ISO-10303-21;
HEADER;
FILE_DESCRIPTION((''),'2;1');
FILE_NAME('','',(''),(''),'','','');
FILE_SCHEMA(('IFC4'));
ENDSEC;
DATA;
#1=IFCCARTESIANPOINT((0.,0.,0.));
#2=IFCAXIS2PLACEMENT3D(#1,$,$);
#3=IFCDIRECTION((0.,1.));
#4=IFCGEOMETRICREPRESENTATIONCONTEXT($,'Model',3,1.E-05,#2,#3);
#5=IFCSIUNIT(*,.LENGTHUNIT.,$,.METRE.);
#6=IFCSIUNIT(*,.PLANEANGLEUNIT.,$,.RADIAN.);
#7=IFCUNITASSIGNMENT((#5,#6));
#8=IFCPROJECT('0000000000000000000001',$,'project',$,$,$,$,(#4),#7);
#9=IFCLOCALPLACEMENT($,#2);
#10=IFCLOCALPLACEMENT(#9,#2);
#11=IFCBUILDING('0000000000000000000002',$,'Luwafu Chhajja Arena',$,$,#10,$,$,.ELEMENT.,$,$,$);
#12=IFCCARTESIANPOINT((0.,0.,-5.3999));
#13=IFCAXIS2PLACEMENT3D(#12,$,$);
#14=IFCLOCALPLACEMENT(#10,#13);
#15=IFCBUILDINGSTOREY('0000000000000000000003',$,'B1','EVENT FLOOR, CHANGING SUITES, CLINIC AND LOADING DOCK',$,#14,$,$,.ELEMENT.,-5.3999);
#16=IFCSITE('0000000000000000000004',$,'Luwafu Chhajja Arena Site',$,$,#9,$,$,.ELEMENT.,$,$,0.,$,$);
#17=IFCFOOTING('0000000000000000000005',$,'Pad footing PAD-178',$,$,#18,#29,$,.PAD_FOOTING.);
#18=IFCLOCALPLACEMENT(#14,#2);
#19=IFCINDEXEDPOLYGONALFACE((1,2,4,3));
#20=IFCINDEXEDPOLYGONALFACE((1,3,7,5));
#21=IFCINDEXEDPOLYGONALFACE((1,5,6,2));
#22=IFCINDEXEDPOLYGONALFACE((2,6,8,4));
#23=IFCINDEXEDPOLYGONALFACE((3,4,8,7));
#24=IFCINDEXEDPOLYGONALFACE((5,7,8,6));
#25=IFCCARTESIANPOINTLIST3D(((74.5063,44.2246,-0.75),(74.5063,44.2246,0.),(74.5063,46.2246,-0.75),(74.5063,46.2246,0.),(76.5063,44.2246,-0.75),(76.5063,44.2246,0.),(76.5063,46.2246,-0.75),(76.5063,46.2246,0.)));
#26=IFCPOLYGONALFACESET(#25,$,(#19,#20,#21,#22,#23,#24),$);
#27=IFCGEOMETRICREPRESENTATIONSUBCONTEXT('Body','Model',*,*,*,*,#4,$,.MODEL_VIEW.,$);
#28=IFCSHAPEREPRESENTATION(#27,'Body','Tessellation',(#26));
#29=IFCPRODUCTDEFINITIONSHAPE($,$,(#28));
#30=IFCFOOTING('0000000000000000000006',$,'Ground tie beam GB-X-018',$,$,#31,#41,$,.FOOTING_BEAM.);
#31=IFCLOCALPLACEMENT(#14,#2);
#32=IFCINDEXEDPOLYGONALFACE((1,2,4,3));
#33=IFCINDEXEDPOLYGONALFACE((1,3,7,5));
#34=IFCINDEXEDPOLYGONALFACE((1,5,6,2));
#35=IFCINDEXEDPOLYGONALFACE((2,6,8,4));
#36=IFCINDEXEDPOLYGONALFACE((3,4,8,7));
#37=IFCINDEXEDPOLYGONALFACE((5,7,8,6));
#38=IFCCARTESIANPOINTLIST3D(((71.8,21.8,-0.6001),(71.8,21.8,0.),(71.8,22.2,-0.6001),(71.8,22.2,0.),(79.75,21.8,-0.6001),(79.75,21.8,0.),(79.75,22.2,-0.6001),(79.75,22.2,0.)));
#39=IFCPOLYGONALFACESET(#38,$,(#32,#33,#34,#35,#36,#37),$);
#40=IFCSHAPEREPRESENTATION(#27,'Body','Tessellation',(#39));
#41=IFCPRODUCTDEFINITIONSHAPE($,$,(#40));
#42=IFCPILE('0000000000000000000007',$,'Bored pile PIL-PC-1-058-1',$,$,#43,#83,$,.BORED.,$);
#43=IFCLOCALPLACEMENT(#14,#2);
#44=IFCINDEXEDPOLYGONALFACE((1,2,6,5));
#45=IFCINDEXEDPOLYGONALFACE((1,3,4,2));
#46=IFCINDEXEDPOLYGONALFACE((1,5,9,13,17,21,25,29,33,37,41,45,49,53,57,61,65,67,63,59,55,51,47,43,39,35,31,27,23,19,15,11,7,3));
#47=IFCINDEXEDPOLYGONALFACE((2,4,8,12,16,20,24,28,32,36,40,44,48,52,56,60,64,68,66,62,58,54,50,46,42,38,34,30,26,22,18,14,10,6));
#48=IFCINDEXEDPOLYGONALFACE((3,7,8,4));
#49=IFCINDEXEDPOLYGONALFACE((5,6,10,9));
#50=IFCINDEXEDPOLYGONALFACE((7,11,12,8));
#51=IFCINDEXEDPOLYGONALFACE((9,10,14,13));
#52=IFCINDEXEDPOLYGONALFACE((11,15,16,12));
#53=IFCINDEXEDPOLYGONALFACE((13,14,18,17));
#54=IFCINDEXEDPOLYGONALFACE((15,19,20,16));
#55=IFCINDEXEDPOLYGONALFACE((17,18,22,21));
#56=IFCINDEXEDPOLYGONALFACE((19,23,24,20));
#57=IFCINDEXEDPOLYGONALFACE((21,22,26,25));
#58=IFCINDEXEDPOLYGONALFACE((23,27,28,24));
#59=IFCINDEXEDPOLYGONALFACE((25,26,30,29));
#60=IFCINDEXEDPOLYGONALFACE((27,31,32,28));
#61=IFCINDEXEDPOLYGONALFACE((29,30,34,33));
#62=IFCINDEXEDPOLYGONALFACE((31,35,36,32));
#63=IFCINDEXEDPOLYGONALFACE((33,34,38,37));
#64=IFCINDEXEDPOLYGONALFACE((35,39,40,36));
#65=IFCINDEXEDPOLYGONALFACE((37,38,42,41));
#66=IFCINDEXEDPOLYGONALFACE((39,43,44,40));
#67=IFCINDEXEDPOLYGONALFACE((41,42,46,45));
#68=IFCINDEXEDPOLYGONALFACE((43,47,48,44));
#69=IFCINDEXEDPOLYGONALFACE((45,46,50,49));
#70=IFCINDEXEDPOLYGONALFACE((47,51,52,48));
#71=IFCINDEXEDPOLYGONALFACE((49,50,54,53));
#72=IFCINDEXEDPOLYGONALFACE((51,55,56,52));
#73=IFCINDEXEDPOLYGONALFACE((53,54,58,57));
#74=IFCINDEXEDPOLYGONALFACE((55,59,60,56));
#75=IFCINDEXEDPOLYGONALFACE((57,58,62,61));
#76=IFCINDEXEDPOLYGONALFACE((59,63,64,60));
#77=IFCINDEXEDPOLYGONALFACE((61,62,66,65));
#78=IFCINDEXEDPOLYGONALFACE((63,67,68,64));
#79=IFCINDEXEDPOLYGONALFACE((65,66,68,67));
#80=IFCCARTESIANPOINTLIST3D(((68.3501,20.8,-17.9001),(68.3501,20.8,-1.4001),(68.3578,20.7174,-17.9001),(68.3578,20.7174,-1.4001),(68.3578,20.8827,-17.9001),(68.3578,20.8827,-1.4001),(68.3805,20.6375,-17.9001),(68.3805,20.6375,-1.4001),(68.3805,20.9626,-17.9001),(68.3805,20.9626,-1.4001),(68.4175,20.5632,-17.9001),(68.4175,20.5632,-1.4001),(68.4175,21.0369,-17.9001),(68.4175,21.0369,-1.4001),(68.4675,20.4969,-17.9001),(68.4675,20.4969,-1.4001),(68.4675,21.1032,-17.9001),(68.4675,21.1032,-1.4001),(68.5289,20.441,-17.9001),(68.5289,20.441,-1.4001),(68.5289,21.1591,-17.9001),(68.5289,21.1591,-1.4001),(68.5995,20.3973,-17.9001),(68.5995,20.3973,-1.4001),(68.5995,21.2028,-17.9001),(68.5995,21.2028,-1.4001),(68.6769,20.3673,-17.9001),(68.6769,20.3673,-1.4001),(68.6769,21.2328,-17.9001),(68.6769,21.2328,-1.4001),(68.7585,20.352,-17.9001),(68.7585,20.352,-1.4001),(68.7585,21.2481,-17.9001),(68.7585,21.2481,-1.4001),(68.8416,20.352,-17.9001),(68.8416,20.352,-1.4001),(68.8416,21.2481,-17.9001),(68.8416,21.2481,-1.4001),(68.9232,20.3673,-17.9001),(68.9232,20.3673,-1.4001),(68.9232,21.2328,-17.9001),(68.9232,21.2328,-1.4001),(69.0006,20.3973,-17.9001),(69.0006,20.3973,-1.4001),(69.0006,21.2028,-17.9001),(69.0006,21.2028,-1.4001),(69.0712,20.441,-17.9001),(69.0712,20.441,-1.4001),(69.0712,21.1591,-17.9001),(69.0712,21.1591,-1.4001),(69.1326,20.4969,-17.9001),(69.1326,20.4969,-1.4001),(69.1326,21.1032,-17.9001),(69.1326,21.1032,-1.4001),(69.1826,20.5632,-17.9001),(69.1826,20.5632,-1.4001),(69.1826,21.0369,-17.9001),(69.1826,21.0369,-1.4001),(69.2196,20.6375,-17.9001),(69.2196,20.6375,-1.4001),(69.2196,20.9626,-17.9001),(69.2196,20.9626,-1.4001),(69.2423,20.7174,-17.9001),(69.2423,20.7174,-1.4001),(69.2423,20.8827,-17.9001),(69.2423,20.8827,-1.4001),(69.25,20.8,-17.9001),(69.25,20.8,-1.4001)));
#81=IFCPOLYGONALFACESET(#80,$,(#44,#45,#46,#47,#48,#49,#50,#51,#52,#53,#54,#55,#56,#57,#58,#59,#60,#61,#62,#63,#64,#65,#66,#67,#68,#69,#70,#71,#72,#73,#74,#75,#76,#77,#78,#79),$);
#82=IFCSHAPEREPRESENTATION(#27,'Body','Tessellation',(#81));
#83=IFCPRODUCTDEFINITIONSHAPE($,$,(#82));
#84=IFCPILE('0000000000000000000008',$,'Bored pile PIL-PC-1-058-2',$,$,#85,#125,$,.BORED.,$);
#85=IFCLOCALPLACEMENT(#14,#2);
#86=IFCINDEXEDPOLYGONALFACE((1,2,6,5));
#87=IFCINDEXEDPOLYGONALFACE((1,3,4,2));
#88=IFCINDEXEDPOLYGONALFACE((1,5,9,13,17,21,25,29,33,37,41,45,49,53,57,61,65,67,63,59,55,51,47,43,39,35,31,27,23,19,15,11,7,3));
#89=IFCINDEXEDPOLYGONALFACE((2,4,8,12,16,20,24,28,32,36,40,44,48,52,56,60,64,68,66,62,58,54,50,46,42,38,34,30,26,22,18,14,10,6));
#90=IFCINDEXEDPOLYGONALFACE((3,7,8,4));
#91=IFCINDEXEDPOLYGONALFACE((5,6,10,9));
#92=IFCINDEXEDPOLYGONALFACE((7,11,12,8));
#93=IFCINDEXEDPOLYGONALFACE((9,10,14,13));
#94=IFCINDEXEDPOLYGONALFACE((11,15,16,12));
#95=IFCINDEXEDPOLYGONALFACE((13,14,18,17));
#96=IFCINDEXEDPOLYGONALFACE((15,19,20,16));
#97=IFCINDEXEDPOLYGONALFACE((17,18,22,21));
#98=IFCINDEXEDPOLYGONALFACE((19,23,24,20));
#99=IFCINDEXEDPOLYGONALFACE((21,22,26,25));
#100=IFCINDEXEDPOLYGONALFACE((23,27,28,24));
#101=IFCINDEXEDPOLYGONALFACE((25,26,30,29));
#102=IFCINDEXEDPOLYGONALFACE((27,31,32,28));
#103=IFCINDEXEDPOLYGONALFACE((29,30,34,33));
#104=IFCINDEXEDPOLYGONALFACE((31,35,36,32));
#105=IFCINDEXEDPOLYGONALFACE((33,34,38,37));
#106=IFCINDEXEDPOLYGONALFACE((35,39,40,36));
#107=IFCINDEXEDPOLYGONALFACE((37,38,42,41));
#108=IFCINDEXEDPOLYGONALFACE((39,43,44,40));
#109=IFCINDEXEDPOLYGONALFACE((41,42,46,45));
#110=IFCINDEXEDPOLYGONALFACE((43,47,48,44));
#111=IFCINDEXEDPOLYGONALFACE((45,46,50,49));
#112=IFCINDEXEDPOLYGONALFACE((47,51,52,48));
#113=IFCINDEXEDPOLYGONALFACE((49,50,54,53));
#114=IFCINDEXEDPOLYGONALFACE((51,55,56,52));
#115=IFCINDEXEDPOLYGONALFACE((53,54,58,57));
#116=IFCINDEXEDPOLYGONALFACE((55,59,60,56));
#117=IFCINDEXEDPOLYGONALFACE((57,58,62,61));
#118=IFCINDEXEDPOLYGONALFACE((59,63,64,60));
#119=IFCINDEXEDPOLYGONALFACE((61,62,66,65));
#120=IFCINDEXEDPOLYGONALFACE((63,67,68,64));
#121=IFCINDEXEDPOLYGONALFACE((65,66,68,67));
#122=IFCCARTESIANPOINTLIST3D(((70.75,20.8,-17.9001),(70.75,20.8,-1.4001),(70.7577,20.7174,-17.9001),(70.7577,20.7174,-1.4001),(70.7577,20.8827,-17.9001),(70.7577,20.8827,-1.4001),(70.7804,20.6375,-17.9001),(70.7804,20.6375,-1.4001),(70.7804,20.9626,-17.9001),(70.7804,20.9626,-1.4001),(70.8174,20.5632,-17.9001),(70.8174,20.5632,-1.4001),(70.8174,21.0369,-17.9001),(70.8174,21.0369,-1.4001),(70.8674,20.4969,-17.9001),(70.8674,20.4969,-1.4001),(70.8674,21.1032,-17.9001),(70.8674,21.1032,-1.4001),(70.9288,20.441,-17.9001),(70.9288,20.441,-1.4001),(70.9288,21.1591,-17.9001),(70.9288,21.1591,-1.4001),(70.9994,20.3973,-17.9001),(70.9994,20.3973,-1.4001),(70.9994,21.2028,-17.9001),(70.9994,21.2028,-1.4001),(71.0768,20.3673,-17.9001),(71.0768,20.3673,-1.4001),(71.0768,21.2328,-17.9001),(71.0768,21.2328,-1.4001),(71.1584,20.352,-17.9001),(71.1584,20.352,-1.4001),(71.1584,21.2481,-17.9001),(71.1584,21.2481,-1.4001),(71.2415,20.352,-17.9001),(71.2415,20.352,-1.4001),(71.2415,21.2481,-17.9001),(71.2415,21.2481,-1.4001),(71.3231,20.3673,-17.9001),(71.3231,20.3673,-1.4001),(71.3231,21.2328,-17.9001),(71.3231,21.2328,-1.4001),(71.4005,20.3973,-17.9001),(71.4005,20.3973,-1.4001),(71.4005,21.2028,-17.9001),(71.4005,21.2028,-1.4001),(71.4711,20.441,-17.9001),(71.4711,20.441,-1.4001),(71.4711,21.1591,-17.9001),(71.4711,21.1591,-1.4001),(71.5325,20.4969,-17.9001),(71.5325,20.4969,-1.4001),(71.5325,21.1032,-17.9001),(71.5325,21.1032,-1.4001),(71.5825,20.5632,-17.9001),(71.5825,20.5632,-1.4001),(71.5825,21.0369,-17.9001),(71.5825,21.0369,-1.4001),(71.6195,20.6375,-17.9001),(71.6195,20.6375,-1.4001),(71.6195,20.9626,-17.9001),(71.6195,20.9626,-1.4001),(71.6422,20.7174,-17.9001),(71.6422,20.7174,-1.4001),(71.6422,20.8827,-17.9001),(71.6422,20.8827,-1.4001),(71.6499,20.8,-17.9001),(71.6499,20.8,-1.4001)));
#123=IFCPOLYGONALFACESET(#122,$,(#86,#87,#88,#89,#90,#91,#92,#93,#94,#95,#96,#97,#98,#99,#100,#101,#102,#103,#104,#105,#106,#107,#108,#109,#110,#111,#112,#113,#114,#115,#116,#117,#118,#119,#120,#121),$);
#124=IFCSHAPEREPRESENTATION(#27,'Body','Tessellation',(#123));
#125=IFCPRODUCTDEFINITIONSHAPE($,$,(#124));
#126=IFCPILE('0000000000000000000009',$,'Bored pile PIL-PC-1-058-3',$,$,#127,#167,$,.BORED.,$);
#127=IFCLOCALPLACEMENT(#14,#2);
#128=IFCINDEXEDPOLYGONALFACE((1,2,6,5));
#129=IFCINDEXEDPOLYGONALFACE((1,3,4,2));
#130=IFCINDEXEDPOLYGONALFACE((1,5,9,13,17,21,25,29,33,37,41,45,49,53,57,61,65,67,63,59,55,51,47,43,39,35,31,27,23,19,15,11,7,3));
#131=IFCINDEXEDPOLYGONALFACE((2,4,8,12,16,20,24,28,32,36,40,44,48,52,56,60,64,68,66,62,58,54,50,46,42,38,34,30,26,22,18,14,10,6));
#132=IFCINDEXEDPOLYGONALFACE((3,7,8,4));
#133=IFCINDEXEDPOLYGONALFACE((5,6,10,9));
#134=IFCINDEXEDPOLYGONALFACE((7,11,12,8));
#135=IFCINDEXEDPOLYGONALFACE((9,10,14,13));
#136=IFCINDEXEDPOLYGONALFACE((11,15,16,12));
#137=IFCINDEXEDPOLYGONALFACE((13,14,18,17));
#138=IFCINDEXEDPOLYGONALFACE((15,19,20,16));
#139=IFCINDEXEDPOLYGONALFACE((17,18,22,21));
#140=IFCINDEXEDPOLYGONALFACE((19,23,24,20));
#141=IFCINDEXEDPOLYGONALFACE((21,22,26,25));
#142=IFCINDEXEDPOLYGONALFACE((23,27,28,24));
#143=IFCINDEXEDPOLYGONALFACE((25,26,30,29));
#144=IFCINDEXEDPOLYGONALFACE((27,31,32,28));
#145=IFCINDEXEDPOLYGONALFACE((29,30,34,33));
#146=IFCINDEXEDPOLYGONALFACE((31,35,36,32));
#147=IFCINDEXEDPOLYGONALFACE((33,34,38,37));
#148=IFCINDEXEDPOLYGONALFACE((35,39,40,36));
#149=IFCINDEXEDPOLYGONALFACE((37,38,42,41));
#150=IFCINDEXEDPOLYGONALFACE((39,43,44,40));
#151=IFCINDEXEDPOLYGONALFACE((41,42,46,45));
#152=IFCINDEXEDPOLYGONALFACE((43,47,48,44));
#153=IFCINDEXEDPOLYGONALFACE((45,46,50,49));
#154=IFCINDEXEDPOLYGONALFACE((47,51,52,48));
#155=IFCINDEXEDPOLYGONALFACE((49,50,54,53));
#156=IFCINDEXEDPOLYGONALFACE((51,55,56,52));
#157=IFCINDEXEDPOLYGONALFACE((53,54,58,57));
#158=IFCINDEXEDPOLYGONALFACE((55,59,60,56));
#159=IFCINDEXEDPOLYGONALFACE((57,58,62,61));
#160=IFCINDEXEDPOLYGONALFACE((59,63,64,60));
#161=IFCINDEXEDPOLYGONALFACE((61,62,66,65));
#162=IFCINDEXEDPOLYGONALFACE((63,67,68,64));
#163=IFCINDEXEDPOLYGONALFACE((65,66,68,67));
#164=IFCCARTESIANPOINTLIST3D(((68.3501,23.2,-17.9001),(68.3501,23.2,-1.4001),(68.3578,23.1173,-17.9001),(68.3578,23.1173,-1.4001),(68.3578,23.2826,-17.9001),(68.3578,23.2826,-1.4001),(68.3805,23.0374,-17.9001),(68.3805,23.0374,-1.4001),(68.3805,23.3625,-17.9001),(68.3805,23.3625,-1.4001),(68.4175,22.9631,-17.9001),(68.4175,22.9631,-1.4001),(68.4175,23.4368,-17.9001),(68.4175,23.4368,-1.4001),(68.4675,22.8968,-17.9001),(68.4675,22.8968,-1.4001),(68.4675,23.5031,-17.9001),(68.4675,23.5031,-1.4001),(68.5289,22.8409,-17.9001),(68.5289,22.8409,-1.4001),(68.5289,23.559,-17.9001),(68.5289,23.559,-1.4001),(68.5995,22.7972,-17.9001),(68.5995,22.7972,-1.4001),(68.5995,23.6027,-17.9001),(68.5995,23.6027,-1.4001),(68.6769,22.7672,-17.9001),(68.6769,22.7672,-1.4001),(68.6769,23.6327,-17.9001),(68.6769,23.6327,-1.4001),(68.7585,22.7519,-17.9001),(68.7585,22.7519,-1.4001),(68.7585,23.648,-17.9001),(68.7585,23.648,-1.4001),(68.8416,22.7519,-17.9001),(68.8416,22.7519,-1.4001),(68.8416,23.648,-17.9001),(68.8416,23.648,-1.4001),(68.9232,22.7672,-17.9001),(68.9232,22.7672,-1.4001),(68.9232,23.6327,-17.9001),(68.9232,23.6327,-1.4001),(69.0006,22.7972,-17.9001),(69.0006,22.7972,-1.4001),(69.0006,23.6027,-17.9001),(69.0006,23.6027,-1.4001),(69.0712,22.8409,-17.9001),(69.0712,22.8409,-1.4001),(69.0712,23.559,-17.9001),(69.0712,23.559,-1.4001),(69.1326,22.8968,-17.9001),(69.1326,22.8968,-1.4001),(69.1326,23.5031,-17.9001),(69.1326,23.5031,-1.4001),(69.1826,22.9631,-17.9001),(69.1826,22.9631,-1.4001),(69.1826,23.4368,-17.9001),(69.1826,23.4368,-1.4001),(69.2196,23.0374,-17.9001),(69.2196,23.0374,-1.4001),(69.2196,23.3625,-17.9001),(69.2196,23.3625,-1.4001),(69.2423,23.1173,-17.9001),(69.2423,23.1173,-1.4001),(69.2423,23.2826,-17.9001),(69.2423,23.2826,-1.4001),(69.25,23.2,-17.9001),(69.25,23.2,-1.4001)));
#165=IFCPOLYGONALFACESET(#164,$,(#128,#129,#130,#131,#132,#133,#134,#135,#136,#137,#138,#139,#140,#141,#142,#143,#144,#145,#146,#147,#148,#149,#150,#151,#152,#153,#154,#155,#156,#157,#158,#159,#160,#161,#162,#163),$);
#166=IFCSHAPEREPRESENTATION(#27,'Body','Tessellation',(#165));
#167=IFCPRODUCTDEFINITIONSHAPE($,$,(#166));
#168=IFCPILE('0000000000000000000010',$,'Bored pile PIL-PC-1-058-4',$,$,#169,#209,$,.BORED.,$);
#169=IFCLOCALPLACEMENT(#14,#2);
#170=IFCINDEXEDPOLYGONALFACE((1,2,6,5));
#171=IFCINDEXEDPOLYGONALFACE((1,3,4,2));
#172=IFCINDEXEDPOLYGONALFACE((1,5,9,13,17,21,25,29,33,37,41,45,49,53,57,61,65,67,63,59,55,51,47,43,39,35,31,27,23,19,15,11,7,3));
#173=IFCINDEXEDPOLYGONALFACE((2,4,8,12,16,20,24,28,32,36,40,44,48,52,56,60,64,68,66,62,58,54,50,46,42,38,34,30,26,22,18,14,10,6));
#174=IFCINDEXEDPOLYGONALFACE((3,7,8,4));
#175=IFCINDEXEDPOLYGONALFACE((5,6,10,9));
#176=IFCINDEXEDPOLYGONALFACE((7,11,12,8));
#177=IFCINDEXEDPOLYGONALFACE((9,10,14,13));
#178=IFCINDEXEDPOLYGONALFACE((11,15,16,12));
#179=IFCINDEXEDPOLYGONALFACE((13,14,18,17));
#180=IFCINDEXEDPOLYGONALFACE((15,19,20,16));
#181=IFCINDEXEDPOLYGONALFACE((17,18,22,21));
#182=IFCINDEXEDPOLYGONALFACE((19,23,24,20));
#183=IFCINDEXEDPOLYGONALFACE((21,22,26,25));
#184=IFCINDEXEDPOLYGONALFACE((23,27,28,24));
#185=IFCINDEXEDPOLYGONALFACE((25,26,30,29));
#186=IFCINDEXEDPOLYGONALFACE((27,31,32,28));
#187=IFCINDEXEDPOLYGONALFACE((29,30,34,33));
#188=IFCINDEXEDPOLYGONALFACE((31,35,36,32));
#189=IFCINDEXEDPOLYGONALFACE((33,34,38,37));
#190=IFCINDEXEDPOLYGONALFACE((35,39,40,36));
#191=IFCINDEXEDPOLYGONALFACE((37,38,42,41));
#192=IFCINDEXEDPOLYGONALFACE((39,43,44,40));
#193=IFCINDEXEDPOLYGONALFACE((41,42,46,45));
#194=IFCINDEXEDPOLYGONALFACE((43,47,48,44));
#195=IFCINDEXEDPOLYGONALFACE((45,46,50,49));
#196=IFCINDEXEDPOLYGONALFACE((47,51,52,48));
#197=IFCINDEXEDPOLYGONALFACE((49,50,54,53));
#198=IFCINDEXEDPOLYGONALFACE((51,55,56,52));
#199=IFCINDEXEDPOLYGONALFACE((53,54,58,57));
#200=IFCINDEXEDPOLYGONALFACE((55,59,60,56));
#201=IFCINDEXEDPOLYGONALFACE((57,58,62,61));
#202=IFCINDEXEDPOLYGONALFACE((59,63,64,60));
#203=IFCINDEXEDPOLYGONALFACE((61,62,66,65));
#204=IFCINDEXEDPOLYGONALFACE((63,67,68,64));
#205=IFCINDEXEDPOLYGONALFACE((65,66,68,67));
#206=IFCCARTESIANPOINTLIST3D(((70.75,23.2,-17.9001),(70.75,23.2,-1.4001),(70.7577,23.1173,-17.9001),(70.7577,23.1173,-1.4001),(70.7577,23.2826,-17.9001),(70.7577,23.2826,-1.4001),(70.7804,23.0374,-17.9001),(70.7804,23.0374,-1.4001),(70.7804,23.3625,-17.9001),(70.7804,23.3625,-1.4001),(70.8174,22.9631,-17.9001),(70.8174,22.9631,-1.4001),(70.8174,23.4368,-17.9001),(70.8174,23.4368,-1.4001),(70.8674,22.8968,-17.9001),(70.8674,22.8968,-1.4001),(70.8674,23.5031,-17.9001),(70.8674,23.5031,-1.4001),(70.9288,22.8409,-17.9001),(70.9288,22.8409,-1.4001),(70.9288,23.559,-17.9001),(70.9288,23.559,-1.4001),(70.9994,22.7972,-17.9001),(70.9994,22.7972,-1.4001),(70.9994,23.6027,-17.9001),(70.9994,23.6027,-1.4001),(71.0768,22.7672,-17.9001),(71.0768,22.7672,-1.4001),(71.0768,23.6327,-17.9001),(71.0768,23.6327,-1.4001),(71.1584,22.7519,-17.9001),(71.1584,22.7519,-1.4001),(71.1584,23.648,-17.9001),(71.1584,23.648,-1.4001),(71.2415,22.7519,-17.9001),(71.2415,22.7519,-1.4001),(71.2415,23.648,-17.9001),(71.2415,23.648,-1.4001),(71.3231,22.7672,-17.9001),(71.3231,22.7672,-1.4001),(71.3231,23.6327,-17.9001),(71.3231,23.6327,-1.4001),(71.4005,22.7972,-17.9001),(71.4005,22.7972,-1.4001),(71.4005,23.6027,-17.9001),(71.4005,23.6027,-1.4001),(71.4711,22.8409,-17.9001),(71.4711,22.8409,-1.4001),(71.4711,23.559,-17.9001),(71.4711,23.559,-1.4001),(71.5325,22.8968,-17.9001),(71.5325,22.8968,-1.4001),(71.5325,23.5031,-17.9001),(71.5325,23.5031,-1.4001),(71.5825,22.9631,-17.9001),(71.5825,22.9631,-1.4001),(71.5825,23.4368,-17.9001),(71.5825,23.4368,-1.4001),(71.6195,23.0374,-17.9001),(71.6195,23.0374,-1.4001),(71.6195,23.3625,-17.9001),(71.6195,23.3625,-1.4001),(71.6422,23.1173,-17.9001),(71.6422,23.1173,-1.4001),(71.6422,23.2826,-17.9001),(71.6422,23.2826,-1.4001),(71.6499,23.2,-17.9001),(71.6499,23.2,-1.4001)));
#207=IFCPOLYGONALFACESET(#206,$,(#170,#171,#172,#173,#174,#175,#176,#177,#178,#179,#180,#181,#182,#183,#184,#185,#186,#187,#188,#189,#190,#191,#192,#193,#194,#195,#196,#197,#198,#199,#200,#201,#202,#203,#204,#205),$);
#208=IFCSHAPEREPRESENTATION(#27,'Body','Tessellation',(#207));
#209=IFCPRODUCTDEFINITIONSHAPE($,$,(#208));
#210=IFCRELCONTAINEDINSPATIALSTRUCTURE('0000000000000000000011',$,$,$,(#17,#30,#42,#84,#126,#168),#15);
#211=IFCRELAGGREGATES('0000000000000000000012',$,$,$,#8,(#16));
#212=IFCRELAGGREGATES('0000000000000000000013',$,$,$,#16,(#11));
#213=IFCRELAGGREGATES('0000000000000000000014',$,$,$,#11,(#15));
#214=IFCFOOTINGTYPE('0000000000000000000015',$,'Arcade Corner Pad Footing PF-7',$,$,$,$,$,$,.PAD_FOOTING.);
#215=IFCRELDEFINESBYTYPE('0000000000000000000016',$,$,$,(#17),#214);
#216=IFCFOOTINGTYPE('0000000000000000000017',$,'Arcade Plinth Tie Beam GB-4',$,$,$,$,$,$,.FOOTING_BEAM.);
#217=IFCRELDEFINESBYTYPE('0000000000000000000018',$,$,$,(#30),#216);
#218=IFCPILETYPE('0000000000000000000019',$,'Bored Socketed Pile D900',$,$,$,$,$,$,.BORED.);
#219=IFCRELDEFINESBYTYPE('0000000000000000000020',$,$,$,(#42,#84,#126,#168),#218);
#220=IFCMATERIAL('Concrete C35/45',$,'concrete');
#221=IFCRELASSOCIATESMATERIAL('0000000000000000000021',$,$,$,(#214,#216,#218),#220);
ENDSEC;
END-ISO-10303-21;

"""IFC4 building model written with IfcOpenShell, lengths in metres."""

from ifc_helpers import new_model, si_unit, direction, frame, origin, origin_2d, place, context, subcontext, project, spatial, rectangle, circle, extrude, material, material_profile, profile_set, type_object, element, save


model = new_model("IFC4")

# Units and contexts
model_context = context("Model", 3, precision=1e-05, world=origin(), true_north=direction((0.0, 1.0)))
body_context = subcontext(model_context, "Body", "Model", "MODEL_VIEW")
ifc_project = project(units=[si_unit("LENGTHUNIT", "METRE"), si_unit("PLANEANGLEUNIT", "RADIAN")], contexts=[model_context])

# Site, building, storey
site_placement = place(None, origin())
site = spatial("IfcSite", under=ifc_project, at=site_placement, Name="Luwafu Chhajja Arena Site", CompositionType="ELEMENT", RefElevation=0.0)
building_placement = place(site_placement, origin())
building = spatial("IfcBuilding", under=site, at=building_placement, Name="Luwafu Chhajja Arena", CompositionType="ELEMENT")
storey_placement = place(building_placement, frame((0.0, 0.0, -5.3999)))
storey = spatial("IfcBuildingStorey", under=building, at=storey_placement, Name="B1", Description="EVENT FLOOR, CHANGING SUITES, CLINIC AND LOADING DOCK", CompositionType="ELEMENT", Elevation=-5.3999)

# Footings
ifc_material_1 = material(Name="Concrete C35/45", Category="concrete")
footing_type_1 = type_object("IfcFootingType", Name="Arcade Corner Pad Footing PF-7", PredefinedType="PAD_FOOTING", material=ifc_material_1)
footing_1_placement = place(storey_placement, frame((75.5063, 45.2246, -0.75), z_axis=(0.0, 0.0, 1.0), x_axis=(1.0, 0.0, 0.0)))
element("IfcFooting", 1, at=footing_1_placement, inside=storey, type_object=footing_type_1, Name="Pad footing PAD-178", PredefinedType="PAD_FOOTING", context=body_context, shape_type="SweptSolid", body=[
    extrude(rectangle(XDim=2.0, YDim=2.0, at=origin_2d()), origin(), (0.0, 0.0, 1.0), 0.75),
])
ifc_material_profile_1 = material_profile(ifc_material_1, rectangle(XDim=0.3999, YDim=0.6001, at=origin_2d()), Name="RC 400x600")
ifc_profile_set_1 = profile_set([ifc_material_profile_1], Name="Concrete C35/45")
footing_type_2 = type_object("IfcFootingType", Name="Arcade Plinth Tie Beam GB-4", PredefinedType="FOOTING_BEAM", material=ifc_profile_set_1)
footing_2_placement = place(storey_placement, frame((71.8, 22.0, -0.3), z_axis=(1.0, 0.0, 0.0), x_axis=(0.0, 1.0, 0.0)))
element("IfcFooting", 2, at=footing_2_placement, inside=storey, type_object=footing_type_2, Name="Ground tie beam GB-X-018", PredefinedType="FOOTING_BEAM", context=body_context, shape_type="SweptSolid", body=[
    extrude(rectangle(XDim=0.3999, YDim=0.6001, at=origin_2d()), origin(), (0.0, 0.0, 1.0), 7.95),
])

# Piles
ifc_material_profile_2 = material_profile(ifc_material_1, circle(Radius=0.45, at=origin_2d()), Name="PILE D900")
ifc_profile_set_2 = profile_set([ifc_material_profile_2], Name="Concrete C35/45")
pile_type = type_object("IfcPileType", Name="Bored Socketed Pile D900", PredefinedType="BORED", material=ifc_profile_set_2)
for number, where, z_axis, x_axis, name in (
    (3, (68.8, 20.8, -1.4001), (0.0, 0.0, -1.0), (1.0, 0.0, 0.0), "Bored pile PIL-PC-1-058-1"),
    (4, (71.2, 20.8, -1.4001), (0.0, 0.0, -1.0), (1.0, 0.0, 0.0), "Bored pile PIL-PC-1-058-2"),
    (5, (68.8, 23.2, -1.4001), (0.0, 0.0, -1.0), (1.0, 0.0, 0.0), "Bored pile PIL-PC-1-058-3"),
    (6, (71.2, 23.2, -1.4001), (0.0, 0.0, -1.0), (1.0, 0.0, 0.0), "Bored pile PIL-PC-1-058-4"),
):
    element("IfcPile", number, at=place(storey_placement, frame(where, z_axis=z_axis, x_axis=x_axis)), inside=storey, type_object=pile_type, Name=name, PredefinedType="BORED", context=body_context, shape_type="SweptSolid", body=[
        extrude(circle(Radius=0.45, at=origin_2d()), origin(), (0.0, 0.0, 1.0), 16.5),
    ])

save(model, "model.ifc")
